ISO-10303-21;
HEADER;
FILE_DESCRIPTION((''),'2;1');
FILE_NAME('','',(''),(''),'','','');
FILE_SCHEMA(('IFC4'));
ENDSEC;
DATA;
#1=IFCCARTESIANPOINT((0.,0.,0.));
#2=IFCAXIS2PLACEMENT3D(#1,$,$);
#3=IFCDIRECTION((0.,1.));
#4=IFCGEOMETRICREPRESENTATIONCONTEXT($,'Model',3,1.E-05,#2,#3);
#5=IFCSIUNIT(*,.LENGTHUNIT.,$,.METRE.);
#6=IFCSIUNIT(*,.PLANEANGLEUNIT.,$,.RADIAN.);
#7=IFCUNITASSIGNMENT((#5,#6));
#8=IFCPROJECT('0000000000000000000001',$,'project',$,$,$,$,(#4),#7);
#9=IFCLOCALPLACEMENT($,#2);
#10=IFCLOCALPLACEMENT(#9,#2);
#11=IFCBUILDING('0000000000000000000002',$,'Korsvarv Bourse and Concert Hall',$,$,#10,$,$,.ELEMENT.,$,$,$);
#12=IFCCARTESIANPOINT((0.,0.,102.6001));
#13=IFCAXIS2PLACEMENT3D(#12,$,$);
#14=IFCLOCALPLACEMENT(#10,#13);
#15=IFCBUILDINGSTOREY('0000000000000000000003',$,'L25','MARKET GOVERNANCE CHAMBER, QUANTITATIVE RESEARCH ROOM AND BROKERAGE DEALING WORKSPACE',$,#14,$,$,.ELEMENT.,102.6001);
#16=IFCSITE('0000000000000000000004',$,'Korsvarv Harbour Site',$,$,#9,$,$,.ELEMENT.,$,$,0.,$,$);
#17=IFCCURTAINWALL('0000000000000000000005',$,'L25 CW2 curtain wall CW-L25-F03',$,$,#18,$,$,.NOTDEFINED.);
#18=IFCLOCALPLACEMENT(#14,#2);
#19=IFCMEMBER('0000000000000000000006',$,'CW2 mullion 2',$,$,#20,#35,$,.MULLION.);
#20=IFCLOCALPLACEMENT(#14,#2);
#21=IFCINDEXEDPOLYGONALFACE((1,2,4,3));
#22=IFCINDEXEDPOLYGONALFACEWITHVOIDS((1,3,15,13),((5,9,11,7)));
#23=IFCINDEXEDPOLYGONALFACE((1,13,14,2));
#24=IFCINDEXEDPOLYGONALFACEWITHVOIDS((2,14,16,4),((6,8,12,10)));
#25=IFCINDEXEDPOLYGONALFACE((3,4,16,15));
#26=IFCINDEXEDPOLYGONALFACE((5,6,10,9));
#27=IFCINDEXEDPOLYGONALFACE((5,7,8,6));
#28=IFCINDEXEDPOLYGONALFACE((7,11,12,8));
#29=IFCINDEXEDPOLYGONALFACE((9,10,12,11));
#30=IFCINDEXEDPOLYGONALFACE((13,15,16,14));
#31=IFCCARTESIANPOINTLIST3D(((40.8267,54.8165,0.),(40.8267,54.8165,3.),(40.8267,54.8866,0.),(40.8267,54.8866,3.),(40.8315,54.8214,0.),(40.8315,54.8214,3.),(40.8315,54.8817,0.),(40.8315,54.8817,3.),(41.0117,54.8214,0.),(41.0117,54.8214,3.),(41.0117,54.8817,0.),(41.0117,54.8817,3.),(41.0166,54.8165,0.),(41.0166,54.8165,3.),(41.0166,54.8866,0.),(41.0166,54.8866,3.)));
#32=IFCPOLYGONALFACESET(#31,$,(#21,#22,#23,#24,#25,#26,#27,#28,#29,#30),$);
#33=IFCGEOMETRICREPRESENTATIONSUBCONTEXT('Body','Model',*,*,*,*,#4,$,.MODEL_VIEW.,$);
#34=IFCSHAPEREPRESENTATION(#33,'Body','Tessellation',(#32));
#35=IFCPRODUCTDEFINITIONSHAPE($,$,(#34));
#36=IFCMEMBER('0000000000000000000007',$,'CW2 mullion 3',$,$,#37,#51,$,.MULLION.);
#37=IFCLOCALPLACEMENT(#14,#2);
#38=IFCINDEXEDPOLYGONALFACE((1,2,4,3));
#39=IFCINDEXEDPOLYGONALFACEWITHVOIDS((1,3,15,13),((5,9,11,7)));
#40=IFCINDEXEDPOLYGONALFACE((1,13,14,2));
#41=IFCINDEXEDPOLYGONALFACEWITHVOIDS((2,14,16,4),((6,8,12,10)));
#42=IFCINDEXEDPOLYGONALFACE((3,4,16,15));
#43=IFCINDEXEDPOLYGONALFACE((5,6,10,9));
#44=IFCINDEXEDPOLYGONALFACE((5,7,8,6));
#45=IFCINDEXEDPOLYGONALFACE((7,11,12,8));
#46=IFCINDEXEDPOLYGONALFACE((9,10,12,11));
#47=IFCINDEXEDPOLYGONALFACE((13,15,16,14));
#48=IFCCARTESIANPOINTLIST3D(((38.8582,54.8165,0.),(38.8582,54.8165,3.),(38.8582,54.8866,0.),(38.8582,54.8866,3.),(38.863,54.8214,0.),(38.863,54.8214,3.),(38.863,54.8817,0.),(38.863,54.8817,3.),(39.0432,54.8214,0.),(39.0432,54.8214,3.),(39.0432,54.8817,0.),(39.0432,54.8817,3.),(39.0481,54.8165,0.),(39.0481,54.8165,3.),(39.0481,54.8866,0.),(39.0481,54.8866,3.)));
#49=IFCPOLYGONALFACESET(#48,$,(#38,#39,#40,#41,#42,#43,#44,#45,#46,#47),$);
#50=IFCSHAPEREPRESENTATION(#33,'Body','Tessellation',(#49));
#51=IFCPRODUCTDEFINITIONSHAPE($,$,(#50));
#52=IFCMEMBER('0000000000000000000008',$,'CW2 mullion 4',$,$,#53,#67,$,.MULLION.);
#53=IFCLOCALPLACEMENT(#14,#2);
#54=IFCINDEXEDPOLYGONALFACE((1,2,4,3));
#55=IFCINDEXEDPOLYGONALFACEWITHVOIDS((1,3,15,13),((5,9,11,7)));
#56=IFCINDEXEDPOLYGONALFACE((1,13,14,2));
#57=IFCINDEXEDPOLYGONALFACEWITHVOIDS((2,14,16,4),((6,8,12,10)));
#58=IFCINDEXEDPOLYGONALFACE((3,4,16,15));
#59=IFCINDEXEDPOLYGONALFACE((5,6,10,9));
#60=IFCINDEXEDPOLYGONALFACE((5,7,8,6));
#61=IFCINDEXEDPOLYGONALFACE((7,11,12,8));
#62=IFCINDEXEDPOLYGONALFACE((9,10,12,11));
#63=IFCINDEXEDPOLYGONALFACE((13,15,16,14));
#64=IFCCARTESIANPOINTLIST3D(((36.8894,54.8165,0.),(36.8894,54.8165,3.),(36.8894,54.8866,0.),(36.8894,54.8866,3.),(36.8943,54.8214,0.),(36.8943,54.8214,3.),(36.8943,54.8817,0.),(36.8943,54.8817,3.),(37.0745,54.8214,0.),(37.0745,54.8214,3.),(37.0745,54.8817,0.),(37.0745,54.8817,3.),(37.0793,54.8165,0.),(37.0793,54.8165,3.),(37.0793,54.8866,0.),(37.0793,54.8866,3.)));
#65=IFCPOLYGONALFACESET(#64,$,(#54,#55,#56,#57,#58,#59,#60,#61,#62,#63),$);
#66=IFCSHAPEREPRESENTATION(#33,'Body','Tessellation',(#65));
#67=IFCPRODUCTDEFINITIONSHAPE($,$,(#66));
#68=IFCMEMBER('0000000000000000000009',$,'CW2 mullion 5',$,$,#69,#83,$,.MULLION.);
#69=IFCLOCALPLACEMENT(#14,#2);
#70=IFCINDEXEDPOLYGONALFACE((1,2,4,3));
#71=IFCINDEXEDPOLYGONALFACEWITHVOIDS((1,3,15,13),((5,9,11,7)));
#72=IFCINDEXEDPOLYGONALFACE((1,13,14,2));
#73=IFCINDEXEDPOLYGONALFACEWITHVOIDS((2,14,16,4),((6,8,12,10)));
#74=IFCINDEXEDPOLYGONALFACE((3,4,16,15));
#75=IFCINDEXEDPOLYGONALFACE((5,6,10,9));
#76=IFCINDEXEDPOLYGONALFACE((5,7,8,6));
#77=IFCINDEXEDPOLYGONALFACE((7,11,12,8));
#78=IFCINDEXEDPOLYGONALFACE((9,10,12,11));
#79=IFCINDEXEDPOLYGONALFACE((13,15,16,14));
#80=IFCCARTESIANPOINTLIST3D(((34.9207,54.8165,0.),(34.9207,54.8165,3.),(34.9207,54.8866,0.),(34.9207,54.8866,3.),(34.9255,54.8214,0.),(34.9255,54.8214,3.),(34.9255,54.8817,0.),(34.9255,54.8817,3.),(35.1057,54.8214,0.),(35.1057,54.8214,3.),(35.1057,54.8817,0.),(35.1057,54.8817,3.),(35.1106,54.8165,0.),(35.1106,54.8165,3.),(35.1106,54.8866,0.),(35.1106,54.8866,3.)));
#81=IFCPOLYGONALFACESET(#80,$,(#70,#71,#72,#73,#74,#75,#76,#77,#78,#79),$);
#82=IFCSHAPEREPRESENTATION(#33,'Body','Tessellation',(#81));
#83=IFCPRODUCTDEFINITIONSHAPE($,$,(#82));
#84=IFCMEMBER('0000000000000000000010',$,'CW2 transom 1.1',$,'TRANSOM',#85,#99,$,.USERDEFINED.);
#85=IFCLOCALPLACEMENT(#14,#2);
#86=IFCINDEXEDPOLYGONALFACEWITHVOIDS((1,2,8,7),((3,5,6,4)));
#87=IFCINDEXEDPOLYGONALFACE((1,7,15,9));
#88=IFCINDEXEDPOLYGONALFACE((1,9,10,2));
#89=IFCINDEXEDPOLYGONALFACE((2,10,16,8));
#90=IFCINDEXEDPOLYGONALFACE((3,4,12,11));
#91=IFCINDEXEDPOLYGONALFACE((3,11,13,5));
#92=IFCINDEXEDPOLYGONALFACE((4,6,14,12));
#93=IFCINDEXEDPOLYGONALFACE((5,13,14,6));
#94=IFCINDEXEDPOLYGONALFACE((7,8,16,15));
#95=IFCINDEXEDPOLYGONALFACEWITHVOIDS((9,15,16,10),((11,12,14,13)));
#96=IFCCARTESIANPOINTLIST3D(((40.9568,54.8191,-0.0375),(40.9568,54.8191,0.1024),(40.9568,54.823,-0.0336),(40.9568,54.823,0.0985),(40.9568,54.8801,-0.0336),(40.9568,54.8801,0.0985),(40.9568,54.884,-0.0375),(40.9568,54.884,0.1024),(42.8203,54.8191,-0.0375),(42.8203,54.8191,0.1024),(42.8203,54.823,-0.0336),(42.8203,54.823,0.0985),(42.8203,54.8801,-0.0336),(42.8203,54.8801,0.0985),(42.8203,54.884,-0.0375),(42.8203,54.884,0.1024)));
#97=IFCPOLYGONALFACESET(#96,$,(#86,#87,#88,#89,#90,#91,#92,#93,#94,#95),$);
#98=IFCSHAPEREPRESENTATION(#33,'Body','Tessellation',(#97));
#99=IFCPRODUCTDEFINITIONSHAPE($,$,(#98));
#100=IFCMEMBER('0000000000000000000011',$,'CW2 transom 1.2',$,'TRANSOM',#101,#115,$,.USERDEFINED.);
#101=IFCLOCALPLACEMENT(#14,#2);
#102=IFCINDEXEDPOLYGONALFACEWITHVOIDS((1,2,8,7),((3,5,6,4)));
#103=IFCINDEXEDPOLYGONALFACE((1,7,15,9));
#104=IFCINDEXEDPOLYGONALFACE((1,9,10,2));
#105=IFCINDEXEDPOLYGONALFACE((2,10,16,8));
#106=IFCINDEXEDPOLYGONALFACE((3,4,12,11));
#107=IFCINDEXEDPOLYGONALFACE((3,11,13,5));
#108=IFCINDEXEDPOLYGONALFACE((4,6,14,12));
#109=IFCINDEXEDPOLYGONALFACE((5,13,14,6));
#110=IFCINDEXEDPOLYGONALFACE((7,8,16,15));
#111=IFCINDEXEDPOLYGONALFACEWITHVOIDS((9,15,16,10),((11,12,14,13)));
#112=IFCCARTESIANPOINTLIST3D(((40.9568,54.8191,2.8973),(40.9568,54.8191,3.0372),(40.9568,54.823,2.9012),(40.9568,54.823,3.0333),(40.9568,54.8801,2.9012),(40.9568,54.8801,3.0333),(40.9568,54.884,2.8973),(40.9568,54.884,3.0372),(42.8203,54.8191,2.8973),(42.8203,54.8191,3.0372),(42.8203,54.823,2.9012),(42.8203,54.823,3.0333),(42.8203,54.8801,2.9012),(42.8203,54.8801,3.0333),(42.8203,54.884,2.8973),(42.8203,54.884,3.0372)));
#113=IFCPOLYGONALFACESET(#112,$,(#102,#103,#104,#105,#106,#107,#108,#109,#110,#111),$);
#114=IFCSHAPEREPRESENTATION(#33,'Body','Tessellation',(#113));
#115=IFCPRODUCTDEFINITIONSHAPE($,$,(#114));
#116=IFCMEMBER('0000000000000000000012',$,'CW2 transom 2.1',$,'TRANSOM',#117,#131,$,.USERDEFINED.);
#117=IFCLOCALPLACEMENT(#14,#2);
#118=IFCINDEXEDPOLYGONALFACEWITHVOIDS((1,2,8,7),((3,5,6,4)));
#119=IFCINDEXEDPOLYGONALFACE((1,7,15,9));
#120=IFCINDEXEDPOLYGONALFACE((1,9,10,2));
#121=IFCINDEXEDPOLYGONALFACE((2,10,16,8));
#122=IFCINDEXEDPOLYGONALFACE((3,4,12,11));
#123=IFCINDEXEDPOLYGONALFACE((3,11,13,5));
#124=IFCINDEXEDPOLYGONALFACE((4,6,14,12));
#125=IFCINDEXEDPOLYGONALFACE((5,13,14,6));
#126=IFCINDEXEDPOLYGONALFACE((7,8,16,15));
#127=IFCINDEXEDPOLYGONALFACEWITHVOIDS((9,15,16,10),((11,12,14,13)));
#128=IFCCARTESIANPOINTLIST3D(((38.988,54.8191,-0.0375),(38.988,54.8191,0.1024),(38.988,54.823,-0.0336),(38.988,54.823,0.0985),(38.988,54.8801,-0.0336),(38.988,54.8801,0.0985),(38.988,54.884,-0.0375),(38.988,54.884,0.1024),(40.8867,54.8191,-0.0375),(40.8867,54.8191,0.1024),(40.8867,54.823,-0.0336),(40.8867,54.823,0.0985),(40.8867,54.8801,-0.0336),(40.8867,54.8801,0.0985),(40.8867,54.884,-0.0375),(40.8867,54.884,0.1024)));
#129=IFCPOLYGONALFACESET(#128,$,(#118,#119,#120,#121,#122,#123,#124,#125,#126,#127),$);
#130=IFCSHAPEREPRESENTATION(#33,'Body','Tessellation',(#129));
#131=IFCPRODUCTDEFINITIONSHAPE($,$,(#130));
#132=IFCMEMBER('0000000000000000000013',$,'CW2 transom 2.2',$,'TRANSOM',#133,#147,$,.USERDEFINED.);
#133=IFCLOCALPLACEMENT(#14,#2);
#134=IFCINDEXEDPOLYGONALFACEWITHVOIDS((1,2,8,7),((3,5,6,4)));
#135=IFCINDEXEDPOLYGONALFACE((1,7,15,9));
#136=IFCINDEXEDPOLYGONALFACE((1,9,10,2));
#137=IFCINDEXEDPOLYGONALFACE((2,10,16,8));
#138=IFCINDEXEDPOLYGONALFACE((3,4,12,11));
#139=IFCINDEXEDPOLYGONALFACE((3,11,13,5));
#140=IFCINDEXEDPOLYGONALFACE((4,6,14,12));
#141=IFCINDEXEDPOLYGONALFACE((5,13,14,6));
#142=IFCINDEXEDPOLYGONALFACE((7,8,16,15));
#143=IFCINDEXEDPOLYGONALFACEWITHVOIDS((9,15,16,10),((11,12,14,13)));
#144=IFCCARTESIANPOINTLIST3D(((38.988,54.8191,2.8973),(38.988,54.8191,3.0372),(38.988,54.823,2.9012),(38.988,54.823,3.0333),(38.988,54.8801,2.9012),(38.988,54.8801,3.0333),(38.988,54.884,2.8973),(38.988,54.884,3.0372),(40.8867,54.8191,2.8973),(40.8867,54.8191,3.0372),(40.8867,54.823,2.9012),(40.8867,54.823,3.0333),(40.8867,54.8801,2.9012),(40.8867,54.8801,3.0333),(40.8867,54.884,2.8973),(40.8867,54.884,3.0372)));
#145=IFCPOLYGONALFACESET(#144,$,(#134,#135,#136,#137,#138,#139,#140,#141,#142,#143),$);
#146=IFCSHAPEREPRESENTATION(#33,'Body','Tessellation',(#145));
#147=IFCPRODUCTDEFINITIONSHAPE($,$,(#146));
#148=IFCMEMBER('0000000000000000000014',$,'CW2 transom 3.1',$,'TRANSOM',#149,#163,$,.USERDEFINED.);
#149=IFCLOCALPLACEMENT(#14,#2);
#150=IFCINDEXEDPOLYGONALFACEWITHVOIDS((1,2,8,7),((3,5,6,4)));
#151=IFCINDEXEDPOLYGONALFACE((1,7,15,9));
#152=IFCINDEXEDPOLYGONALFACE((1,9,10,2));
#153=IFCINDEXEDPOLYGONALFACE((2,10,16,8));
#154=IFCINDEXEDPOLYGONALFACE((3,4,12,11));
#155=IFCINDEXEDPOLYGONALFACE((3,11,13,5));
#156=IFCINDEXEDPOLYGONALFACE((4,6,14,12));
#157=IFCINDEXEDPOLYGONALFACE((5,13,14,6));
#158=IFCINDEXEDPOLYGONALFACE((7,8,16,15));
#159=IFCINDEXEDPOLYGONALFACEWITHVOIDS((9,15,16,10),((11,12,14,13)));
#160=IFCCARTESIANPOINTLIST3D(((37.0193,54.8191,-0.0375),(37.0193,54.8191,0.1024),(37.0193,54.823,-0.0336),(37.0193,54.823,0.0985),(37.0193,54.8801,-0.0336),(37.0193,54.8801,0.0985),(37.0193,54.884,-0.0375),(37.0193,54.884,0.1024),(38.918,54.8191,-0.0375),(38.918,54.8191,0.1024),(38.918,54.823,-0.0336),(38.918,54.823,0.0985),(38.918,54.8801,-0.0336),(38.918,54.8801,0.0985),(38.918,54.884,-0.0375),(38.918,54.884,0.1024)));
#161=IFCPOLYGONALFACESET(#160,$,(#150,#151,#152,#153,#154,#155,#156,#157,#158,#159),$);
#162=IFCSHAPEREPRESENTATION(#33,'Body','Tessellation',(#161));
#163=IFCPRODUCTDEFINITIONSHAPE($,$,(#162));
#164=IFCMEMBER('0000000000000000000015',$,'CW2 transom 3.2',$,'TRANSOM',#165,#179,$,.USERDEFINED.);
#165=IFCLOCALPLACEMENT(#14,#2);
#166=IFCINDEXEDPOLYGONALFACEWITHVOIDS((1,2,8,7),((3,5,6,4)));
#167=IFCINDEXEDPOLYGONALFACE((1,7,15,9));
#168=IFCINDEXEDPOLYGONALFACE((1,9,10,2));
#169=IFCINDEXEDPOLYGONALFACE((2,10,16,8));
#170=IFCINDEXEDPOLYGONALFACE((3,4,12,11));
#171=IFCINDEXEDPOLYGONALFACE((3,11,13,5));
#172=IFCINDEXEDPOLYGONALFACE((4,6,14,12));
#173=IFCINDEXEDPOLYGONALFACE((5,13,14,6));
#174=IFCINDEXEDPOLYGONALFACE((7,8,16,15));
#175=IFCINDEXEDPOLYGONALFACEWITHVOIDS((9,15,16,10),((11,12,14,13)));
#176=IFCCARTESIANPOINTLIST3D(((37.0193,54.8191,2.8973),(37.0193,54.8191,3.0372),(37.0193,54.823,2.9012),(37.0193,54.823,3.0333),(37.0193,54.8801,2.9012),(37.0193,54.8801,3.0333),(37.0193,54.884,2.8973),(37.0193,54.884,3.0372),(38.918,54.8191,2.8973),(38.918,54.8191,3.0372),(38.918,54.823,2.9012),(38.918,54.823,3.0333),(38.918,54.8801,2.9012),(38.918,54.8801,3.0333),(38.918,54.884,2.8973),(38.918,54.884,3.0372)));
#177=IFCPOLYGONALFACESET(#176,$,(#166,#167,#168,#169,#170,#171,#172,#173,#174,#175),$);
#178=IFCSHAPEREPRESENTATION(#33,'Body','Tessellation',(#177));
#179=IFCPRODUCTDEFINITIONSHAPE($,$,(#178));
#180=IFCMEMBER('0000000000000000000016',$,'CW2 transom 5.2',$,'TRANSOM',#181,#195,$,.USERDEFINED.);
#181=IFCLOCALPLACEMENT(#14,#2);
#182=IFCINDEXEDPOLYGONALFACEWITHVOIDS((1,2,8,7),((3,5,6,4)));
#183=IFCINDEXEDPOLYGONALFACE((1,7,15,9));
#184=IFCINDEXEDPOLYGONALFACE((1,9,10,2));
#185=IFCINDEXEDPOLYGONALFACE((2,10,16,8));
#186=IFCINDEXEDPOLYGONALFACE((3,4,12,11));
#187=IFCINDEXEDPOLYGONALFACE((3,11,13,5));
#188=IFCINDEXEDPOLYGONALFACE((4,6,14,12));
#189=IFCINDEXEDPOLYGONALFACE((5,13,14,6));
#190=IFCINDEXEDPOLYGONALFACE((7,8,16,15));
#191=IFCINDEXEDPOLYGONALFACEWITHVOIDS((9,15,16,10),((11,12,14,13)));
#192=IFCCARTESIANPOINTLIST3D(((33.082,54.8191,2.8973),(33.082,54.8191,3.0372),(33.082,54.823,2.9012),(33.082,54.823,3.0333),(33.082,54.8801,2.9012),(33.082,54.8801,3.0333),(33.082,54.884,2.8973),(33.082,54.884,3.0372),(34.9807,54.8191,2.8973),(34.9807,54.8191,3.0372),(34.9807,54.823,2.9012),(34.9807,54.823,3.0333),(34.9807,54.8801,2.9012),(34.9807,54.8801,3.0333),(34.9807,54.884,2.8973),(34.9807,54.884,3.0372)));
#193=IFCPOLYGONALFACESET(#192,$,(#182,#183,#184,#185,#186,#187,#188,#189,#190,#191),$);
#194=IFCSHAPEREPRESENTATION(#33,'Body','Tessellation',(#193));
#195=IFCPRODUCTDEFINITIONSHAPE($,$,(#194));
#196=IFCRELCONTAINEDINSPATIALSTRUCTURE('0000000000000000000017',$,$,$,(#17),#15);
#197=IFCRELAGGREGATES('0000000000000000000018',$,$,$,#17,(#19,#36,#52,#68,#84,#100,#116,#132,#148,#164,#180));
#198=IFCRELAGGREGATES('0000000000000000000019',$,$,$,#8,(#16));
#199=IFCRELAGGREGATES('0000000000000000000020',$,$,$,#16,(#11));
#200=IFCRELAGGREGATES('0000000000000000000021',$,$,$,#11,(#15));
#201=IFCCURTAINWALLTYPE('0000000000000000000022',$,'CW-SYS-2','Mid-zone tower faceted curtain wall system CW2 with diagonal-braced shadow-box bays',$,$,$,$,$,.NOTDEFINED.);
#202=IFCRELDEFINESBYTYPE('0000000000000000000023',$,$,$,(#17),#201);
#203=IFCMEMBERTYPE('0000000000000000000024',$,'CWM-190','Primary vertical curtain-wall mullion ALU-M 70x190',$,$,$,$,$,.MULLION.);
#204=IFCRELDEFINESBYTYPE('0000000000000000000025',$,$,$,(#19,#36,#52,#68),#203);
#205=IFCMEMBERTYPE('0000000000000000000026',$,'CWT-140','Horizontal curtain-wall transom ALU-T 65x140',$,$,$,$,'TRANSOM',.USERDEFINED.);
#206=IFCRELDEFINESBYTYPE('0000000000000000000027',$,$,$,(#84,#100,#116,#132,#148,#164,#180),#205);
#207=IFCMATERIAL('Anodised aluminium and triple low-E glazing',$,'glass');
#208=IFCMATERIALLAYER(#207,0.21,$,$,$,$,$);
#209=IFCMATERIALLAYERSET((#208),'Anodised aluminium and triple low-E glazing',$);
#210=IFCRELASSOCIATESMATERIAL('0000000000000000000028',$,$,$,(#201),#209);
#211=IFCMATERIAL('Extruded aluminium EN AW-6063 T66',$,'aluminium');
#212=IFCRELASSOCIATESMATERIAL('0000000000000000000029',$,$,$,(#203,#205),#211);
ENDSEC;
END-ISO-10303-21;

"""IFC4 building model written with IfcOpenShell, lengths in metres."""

from ifc_helpers import new_model, si_unit, direction, frame, origin, origin_2d, place, context, subcontext, project, spatial, hollow_rectangle, extrude, source, transform, mapped, material, layer, layer_set, material_profile, profile_set, type_object, element, aggregate, save


model = new_model("IFC4")

# Units and contexts
model_context = context("Model", 3, precision=1e-05, world=origin(), true_north=direction((0.0, 1.0)))
body_context = subcontext(model_context, "Body", "Model", "MODEL_VIEW")
ifc_project = project(units=[si_unit("LENGTHUNIT", "METRE"), si_unit("PLANEANGLEUNIT", "RADIAN")], contexts=[model_context])

# Site, building, storey
site_placement = place(None, origin())
site = spatial("IfcSite", under=ifc_project, at=site_placement, Name="Korsvarv Harbour Site", CompositionType="ELEMENT", RefElevation=0.0)
building_placement = place(site_placement, origin())
building = spatial("IfcBuilding", under=site, at=building_placement, Name="Korsvarv Bourse and Concert Hall", CompositionType="ELEMENT")
storey_placement = place(building_placement, frame((0.0, 0.0, 102.6001)))
storey = spatial("IfcBuildingStorey", under=building, at=storey_placement, Name="L25", Description="MARKET GOVERNANCE CHAMBER, QUANTITATIVE RESEARCH ROOM AND BROKERAGE DEALING WORKSPACE", CompositionType="ELEMENT", Elevation=102.6001)

# Curtain wall, members
ifc_material_1 = material(Name="Anodised aluminium and triple low-E glazing", Category="glass")
ifc_layer_1 = layer(ifc_material_1, 0.21)
ifc_layer_set_1 = layer_set([ifc_layer_1], Name="Anodised aluminium and triple low-E glazing")
curtain_wall_type = type_object("IfcCurtainWallType", Name="CW-SYS-2", Description="Mid-zone tower faceted curtain wall system CW2 with diagonal-braced shadow-box bays", PredefinedType="NOTDEFINED", material=ifc_layer_set_1)
curtain_wall_placement = place(storey_placement, origin())
curtain_wall = element("IfcCurtainWall", 1, at=curtain_wall_placement, inside=storey, type_object=curtain_wall_type, Name="L25 CW2 curtain wall CW-L25-F03", PredefinedType="NOTDEFINED")
ifc_material_2 = material(Name="Extruded aluminium EN AW-6063 T66", Category="aluminium")
ifc_material_profile_1 = material_profile(ifc_material_2, hollow_rectangle(XDim=0.0701, YDim=0.1899, WallThickness=0.0049, at=origin_2d()), Name="ALU-M 70x190")
ifc_profile_set_1 = profile_set([ifc_material_profile_1], Name="Extruded aluminium EN AW-6063 T66")
member_type_1 = type_object("IfcMemberType", Name="CWM-190", Description="Primary vertical curtain-wall mullion ALU-M 70x190", PredefinedType="MULLION", material=ifc_profile_set_1)
shared_shape_1 = source(origin(), body_context, "Body", "SweptSolid", [
    extrude(hollow_rectangle(XDim=0.0701, YDim=0.1899, WallThickness=0.0049, at=origin_2d()), origin(), (0.0, 0.0, 1.0), 3.0),
])
member_1_placement = place(storey_placement, frame((40.9216, 54.8516, 0.0), z_axis=(0.0, 0.0, 1.0), x_axis=(0.0, -1.0, 0.0)))
member_1 = element("IfcMember", 2, at=member_1_placement, type_object=member_type_1, Name="CW2 mullion 2", PredefinedType="MULLION", context=body_context, shape_type="MappedRepresentation", body=[
    mapped(shared_shape_1, transform((0.0, 0.0, 0.0), scale=1.0)),
])
member_2_placement = place(storey_placement, frame((38.9531, 54.8516, 0.0), z_axis=(0.0, 0.0, 1.0), x_axis=(0.0, -1.0, 0.0)))
member_2 = element("IfcMember", 3, at=member_2_placement, type_object=member_type_1, Name="CW2 mullion 3", PredefinedType="MULLION", context=body_context, shape_type="MappedRepresentation", body=[
    mapped(shared_shape_1, transform((0.0, 0.0, 0.0), scale=1.0)),
])
member_3_placement = place(storey_placement, frame((36.9844, 54.8516, 0.0), z_axis=(0.0, 0.0, 1.0), x_axis=(0.0, -1.0, 0.0)))
member_3 = element("IfcMember", 4, at=member_3_placement, type_object=member_type_1, Name="CW2 mullion 4", PredefinedType="MULLION", context=body_context, shape_type="MappedRepresentation", body=[
    mapped(shared_shape_1, transform((0.0, 0.0, 0.0), scale=1.0)),
])
member_4_placement = place(storey_placement, frame((35.0156, 54.8516, 0.0), z_axis=(0.0, 0.0, 1.0), x_axis=(0.0, -1.0, 0.0)))
member_4 = element("IfcMember", 5, at=member_4_placement, type_object=member_type_1, Name="CW2 mullion 5", PredefinedType="MULLION", context=body_context, shape_type="MappedRepresentation", body=[
    mapped(shared_shape_1, transform((0.0, 0.0, 0.0), scale=1.0)),
])
ifc_material_profile_2 = material_profile(ifc_material_2, hollow_rectangle(XDim=0.0649, YDim=0.1399, WallThickness=0.0039, at=origin_2d()), Name="ALU-T 65x140")
ifc_profile_set_2 = profile_set([ifc_material_profile_2], Name="Extruded aluminium EN AW-6063 T66")
member_type_2 = type_object("IfcMemberType", Name="CWT-140", Description="Horizontal curtain-wall transom ALU-T 65x140", ElementType="TRANSOM", PredefinedType="USERDEFINED", material=ifc_profile_set_2)
shared_shape_2 = source(origin(), body_context, "Body", "SweptSolid", [
    extrude(hollow_rectangle(XDim=0.0649, YDim=0.1399, WallThickness=0.0039, at=origin_2d()), origin(), (0.0, 0.0, 1.0), 1.8635),
])
member_5_placement = place(storey_placement, frame((42.8203, 54.8516, 0.0325), z_axis=(-1.0, 0.0, 0.0), x_axis=(0.0, -1.0, 0.0)))
member_5 = element("IfcMember", 6, at=member_5_placement, type_object=member_type_2, Name="CW2 transom 1.1", ObjectType="TRANSOM", PredefinedType="USERDEFINED", context=body_context, shape_type="MappedRepresentation", body=[
    mapped(shared_shape_2, transform((0.0, 0.0, 0.0), scale=1.0)),
])
member_6_placement = place(storey_placement, frame((42.8203, 54.8516, 2.9673), z_axis=(-1.0, 0.0, 0.0), x_axis=(0.0, -1.0, 0.0)))
member_6 = element("IfcMember", 7, at=member_6_placement, type_object=member_type_2, Name="CW2 transom 1.2", ObjectType="TRANSOM", PredefinedType="USERDEFINED", context=body_context, shape_type="MappedRepresentation", body=[
    mapped(shared_shape_2, transform((0.0, 0.0, 0.0), scale=1.0)),
])
shared_shape_3 = source(origin(), body_context, "Body", "SweptSolid", [
    extrude(hollow_rectangle(XDim=0.0649, YDim=0.1399, WallThickness=0.0039, at=origin_2d()), origin(), (0.0, 0.0, 1.0), 1.8987),
])
member_7_placement = place(storey_placement, frame((40.8867, 54.8516, 0.0325), z_axis=(-1.0, 0.0, 0.0), x_axis=(0.0, -1.0, 0.0)))
member_7 = element("IfcMember", 8, at=member_7_placement, type_object=member_type_2, Name="CW2 transom 2.1", ObjectType="TRANSOM", PredefinedType="USERDEFINED", context=body_context, shape_type="MappedRepresentation", body=[
    mapped(shared_shape_3, transform((0.0, 0.0, 0.0), scale=1.0)),
])
member_8_placement = place(storey_placement, frame((40.8867, 54.8516, 2.9673), z_axis=(-1.0, 0.0, 0.0), x_axis=(0.0, -1.0, 0.0)))
member_8 = element("IfcMember", 9, at=member_8_placement, type_object=member_type_2, Name="CW2 transom 2.2", ObjectType="TRANSOM", PredefinedType="USERDEFINED", context=body_context, shape_type="MappedRepresentation", body=[
    mapped(shared_shape_3, transform((0.0, 0.0, 0.0), scale=1.0)),
])
member_9_placement = place(storey_placement, frame((38.918, 54.8516, 0.0325), z_axis=(-1.0, 0.0, 0.0), x_axis=(0.0, -1.0, 0.0)))
member_9 = element("IfcMember", 10, at=member_9_placement, type_object=member_type_2, Name="CW2 transom 3.1", ObjectType="TRANSOM", PredefinedType="USERDEFINED", context=body_context, shape_type="MappedRepresentation", body=[
    mapped(shared_shape_3, transform((0.0, 0.0, 0.0), scale=1.0)),
])
member_10_placement = place(storey_placement, frame((38.918, 54.8516, 2.9673), z_axis=(-1.0, 0.0, 0.0), x_axis=(0.0, -1.0, 0.0)))
member_10 = element("IfcMember", 11, at=member_10_placement, type_object=member_type_2, Name="CW2 transom 3.2", ObjectType="TRANSOM", PredefinedType="USERDEFINED", context=body_context, shape_type="MappedRepresentation", body=[
    mapped(shared_shape_3, transform((0.0, 0.0, 0.0), scale=1.0)),
])
member_11_placement = place(storey_placement, frame((34.9807, 54.8516, 2.9673), z_axis=(-1.0, 0.0, 0.0), x_axis=(0.0, -1.0, 0.0)))
member_11 = element("IfcMember", 12, at=member_11_placement, type_object=member_type_2, Name="CW2 transom 5.2", ObjectType="TRANSOM", PredefinedType="USERDEFINED", context=body_context, shape_type="MappedRepresentation", body=[
    mapped(shared_shape_3, transform((0.0, 0.0, 0.0), scale=1.0)),
])
aggregate(curtain_wall, [member_1, member_2, member_3, member_4, member_5, member_6, member_7, member_8, member_9, member_10, member_11])

save(model, "model.ifc")
